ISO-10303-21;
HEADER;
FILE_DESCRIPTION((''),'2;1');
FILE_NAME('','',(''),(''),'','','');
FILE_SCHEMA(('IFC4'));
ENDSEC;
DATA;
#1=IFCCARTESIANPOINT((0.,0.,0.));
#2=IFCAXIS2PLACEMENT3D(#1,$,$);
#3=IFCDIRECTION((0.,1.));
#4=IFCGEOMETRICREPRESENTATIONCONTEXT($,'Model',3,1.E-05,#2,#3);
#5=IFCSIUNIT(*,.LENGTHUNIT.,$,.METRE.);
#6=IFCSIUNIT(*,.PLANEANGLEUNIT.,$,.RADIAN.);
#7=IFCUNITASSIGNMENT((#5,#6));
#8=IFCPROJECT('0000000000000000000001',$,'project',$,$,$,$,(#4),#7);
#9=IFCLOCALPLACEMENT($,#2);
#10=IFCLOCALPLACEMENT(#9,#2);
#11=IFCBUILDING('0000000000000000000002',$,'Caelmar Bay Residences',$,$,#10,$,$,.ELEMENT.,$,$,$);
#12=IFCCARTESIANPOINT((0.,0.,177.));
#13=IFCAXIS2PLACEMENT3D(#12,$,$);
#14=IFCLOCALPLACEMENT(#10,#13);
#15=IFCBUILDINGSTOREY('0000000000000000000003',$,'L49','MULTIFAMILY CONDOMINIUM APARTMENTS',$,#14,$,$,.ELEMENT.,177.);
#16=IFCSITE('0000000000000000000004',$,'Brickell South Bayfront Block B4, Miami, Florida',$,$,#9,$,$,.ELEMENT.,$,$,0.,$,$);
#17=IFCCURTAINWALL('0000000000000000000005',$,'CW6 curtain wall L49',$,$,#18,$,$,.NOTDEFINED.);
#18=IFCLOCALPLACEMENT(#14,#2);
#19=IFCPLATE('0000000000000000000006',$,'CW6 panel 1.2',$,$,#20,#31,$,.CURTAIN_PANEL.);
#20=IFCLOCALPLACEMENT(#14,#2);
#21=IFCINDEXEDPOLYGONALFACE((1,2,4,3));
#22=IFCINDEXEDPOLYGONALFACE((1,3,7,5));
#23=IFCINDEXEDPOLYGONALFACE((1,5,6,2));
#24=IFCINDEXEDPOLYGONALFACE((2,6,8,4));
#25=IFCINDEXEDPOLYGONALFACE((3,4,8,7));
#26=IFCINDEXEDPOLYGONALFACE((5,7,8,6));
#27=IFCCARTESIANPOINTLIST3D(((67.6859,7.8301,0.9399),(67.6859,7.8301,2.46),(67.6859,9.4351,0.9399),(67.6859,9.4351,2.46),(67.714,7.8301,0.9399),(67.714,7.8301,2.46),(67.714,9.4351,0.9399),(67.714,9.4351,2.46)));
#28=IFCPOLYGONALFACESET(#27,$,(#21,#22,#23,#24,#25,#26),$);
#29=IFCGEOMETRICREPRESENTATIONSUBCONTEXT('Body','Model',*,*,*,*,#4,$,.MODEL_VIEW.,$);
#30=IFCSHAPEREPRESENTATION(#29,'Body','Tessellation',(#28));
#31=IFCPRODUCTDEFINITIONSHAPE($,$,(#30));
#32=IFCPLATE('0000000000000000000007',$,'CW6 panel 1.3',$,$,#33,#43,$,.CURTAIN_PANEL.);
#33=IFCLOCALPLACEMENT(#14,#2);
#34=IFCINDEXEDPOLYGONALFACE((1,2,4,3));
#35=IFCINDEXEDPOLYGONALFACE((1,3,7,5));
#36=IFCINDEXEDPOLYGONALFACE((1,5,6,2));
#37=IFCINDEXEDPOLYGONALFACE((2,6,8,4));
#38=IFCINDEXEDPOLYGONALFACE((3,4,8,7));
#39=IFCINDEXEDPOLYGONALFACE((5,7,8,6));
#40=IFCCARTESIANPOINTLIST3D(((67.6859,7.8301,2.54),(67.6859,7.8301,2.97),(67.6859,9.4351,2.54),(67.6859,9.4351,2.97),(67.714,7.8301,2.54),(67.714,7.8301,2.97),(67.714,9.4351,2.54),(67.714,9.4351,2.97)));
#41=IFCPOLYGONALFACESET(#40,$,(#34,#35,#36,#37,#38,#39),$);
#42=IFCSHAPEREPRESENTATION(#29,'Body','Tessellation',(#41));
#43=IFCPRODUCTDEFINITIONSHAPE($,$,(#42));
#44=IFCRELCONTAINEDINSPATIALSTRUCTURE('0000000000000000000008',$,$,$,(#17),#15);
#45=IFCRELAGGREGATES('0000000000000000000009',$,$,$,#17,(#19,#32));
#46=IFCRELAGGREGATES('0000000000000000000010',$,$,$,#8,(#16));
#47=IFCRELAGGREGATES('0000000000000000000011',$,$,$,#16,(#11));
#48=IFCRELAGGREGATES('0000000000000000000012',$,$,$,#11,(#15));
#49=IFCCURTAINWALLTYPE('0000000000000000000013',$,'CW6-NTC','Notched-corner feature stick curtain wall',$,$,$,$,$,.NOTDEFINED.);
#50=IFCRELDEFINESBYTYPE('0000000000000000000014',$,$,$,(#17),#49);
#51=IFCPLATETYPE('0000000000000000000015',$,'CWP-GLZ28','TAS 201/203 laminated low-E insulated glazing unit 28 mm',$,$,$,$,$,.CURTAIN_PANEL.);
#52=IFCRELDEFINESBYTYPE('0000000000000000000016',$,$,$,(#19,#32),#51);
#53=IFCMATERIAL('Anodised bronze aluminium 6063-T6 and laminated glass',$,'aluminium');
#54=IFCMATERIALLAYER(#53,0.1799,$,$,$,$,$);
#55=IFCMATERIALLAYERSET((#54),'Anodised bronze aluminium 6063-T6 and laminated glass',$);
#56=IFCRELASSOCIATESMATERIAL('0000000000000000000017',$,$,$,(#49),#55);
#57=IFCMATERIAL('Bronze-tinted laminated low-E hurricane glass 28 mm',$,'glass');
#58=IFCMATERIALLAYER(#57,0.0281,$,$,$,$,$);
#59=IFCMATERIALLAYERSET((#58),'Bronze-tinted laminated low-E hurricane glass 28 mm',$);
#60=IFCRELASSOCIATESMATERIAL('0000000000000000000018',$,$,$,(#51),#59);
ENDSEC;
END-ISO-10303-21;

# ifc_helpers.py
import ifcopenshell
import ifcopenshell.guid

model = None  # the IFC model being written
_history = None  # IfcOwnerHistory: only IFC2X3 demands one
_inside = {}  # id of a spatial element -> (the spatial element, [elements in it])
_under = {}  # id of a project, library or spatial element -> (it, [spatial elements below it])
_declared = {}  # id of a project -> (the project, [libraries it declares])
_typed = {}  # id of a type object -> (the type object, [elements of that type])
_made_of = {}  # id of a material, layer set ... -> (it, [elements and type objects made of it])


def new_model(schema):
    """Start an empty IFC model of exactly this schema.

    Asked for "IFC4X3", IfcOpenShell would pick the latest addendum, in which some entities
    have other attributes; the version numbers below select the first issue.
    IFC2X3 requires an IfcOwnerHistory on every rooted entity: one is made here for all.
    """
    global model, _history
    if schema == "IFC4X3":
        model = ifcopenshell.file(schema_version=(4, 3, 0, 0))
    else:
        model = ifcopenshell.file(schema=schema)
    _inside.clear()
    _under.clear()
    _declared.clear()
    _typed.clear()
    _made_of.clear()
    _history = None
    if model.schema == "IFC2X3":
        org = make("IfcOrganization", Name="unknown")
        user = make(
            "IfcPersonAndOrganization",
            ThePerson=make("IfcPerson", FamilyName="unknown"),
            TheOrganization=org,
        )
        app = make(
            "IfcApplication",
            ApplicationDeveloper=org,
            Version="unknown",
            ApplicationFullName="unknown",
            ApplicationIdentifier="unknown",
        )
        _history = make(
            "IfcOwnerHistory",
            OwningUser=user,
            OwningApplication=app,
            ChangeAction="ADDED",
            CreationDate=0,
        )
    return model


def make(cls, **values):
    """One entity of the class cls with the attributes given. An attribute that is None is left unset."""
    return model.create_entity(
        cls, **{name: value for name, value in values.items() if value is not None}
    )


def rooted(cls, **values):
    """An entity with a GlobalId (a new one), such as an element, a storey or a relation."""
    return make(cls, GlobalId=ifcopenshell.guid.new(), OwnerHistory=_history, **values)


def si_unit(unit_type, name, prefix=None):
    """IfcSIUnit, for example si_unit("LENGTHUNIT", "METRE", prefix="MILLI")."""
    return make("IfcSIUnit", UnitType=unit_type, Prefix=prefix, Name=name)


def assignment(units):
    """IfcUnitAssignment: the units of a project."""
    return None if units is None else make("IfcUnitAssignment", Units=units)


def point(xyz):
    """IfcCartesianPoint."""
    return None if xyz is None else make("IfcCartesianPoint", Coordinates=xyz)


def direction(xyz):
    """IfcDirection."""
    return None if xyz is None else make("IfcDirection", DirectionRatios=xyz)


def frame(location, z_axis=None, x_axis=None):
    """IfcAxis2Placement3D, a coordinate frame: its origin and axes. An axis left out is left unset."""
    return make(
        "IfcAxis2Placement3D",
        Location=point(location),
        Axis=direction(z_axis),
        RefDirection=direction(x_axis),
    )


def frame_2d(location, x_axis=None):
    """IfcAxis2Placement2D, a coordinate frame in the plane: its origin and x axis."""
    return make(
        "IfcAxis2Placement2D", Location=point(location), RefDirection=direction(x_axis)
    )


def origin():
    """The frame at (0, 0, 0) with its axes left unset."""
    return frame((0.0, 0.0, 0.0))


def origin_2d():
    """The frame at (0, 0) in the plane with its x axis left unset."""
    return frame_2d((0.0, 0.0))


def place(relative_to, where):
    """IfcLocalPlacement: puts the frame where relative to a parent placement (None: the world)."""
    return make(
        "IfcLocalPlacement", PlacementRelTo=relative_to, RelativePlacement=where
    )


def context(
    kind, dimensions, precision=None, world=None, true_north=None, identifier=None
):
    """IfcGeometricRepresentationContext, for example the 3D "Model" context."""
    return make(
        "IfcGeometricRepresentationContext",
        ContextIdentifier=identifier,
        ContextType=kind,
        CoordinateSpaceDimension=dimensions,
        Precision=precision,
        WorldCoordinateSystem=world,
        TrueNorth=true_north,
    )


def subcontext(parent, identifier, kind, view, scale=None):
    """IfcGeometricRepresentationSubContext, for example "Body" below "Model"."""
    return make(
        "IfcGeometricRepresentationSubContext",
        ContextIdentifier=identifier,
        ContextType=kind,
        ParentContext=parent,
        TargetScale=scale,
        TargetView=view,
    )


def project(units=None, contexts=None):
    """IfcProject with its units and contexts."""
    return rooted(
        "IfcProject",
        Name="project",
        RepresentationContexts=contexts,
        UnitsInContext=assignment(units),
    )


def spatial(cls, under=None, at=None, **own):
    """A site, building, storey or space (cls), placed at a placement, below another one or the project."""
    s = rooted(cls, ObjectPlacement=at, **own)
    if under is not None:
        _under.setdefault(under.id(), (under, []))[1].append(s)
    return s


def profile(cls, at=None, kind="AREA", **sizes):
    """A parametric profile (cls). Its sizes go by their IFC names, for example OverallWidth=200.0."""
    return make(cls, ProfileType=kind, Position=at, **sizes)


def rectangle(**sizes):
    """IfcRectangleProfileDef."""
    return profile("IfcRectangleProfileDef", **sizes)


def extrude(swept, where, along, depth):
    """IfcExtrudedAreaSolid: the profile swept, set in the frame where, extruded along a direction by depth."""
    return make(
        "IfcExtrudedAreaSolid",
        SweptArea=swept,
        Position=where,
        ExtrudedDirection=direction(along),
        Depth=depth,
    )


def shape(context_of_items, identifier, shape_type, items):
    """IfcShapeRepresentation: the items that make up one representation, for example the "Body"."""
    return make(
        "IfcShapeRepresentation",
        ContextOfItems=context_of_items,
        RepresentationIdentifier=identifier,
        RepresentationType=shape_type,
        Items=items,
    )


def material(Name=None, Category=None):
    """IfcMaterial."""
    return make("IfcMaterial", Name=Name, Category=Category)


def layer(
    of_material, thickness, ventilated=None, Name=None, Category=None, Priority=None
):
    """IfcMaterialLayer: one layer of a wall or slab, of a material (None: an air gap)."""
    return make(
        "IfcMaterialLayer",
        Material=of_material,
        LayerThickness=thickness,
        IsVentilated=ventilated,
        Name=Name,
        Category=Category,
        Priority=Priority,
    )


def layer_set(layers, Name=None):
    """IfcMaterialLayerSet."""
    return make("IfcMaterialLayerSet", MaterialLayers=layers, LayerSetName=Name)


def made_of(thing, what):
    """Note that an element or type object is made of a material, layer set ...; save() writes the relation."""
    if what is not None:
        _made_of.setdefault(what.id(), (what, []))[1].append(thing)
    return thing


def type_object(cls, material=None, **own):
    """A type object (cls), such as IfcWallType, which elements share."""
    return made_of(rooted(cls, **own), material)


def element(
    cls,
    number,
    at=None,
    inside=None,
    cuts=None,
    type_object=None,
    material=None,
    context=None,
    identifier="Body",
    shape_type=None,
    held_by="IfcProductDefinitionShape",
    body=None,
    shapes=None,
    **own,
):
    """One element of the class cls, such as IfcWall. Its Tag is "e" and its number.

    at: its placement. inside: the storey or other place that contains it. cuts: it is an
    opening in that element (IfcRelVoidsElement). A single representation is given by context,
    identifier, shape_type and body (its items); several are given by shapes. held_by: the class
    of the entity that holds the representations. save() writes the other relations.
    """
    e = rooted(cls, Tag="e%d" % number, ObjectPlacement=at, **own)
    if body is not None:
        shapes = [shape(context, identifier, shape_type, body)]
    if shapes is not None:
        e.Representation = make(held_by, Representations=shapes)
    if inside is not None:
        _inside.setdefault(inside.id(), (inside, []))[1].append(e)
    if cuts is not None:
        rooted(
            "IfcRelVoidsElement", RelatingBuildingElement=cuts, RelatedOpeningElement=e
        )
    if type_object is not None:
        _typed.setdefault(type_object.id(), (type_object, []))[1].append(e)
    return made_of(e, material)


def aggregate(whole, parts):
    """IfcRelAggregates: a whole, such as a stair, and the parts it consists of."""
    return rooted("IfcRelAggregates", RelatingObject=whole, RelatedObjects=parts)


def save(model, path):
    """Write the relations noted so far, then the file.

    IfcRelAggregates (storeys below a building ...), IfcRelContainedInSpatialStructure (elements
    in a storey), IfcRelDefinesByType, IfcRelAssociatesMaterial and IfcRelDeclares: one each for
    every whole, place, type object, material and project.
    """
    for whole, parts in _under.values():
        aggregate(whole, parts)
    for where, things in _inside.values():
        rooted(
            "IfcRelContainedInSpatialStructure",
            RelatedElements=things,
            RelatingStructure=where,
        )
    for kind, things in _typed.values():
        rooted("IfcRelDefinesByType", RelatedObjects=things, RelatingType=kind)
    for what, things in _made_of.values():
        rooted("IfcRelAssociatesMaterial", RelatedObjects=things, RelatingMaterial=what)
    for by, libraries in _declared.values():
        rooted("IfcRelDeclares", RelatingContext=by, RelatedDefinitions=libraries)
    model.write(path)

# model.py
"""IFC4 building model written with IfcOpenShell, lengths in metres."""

from ifc_helpers import new_model, si_unit, direction, frame, origin, origin_2d, place, context, subcontext, project, spatial, rectangle, extrude, material, layer, layer_set, type_object, element, aggregate, save


model = new_model("IFC4")

# Units and contexts
model_context = context("Model", 3, precision=1e-05, world=origin(), true_north=direction((0.0, 1.0)))
body_context = subcontext(model_context, "Body", "Model", "MODEL_VIEW")
ifc_project = project(units=[si_unit("LENGTHUNIT", "METRE"), si_unit("PLANEANGLEUNIT", "RADIAN")], contexts=[model_context])

# Site, building, storey
site_placement = place(None, origin())
site = spatial("IfcSite", under=ifc_project, at=site_placement, Name="Brickell South Bayfront Block B4, Miami, Florida", CompositionType="ELEMENT", RefElevation=0.0)
building_placement = place(site_placement, origin())
building = spatial("IfcBuilding", under=site, at=building_placement, Name="Caelmar Bay Residences", CompositionType="ELEMENT")
storey_placement = place(building_placement, frame((0.0, 0.0, 177.0)))
storey = spatial("IfcBuildingStorey", under=building, at=storey_placement, Name="L49", Description="MULTIFAMILY CONDOMINIUM APARTMENTS", CompositionType="ELEMENT", Elevation=177.0)

# Curtain wall, plates
ifc_material_1 = material(Name="Anodised bronze aluminium 6063-T6 and laminated glass", Category="aluminium")
ifc_layer_1 = layer(ifc_material_1, 0.1799)
ifc_layer_set_1 = layer_set([ifc_layer_1], Name="Anodised bronze aluminium 6063-T6 and laminated glass")
curtain_wall_type = type_object("IfcCurtainWallType", Name="CW6-NTC", Description="Notched-corner feature stick curtain wall", PredefinedType="NOTDEFINED", material=ifc_layer_set_1)
curtain_wall_placement = place(storey_placement, origin())
curtain_wall = element("IfcCurtainWall", 1, at=curtain_wall_placement, inside=storey, type_object=curtain_wall_type, Name="CW6 curtain wall L49", PredefinedType="NOTDEFINED")
ifc_material_2 = material(Name="Bronze-tinted laminated low-E hurricane glass 28 mm", Category="glass")
ifc_layer_2 = layer(ifc_material_2, 0.0281)
ifc_layer_set_2 = layer_set([ifc_layer_2], Name="Bronze-tinted laminated low-E hurricane glass 28 mm")
plate_type = type_object("IfcPlateType", Name="CWP-GLZ28", Description="TAS 201/203 laminated low-E insulated glazing unit 28 mm", PredefinedType="CURTAIN_PANEL", material=ifc_layer_set_2)
plate_1_placement = place(storey_placement, frame((67.7, 8.6326, 0.9399), z_axis=(0.0, 0.0, 1.0), x_axis=(0.0, 1.0, 0.0)))
plate_1 = element("IfcPlate", 2, at=plate_1_placement, type_object=plate_type, Name="CW6 panel 1.2", PredefinedType="CURTAIN_PANEL", context=body_context, shape_type="SweptSolid", body=[
    extrude(rectangle(XDim=1.605, YDim=0.0281, at=origin_2d()), origin(), (0.0, 0.0, 1.0), 1.52),
])
plate_2_placement = place(storey_placement, frame((67.7, 8.6326, 2.54), z_axis=(0.0, 0.0, 1.0), x_axis=(0.0, 1.0, 0.0)))
plate_2 = element("IfcPlate", 3, at=plate_2_placement, type_object=plate_type, Name="CW6 panel 1.3", PredefinedType="CURTAIN_PANEL", context=body_context, shape_type="SweptSolid", body=[
    extrude(rectangle(XDim=1.605, YDim=0.0281, at=origin_2d()), origin(), (0.0, 0.0, 1.0), 0.4299),
])
aggregate(curtain_wall, [plate_1, plate_2])

save(model, "model.ifc")
